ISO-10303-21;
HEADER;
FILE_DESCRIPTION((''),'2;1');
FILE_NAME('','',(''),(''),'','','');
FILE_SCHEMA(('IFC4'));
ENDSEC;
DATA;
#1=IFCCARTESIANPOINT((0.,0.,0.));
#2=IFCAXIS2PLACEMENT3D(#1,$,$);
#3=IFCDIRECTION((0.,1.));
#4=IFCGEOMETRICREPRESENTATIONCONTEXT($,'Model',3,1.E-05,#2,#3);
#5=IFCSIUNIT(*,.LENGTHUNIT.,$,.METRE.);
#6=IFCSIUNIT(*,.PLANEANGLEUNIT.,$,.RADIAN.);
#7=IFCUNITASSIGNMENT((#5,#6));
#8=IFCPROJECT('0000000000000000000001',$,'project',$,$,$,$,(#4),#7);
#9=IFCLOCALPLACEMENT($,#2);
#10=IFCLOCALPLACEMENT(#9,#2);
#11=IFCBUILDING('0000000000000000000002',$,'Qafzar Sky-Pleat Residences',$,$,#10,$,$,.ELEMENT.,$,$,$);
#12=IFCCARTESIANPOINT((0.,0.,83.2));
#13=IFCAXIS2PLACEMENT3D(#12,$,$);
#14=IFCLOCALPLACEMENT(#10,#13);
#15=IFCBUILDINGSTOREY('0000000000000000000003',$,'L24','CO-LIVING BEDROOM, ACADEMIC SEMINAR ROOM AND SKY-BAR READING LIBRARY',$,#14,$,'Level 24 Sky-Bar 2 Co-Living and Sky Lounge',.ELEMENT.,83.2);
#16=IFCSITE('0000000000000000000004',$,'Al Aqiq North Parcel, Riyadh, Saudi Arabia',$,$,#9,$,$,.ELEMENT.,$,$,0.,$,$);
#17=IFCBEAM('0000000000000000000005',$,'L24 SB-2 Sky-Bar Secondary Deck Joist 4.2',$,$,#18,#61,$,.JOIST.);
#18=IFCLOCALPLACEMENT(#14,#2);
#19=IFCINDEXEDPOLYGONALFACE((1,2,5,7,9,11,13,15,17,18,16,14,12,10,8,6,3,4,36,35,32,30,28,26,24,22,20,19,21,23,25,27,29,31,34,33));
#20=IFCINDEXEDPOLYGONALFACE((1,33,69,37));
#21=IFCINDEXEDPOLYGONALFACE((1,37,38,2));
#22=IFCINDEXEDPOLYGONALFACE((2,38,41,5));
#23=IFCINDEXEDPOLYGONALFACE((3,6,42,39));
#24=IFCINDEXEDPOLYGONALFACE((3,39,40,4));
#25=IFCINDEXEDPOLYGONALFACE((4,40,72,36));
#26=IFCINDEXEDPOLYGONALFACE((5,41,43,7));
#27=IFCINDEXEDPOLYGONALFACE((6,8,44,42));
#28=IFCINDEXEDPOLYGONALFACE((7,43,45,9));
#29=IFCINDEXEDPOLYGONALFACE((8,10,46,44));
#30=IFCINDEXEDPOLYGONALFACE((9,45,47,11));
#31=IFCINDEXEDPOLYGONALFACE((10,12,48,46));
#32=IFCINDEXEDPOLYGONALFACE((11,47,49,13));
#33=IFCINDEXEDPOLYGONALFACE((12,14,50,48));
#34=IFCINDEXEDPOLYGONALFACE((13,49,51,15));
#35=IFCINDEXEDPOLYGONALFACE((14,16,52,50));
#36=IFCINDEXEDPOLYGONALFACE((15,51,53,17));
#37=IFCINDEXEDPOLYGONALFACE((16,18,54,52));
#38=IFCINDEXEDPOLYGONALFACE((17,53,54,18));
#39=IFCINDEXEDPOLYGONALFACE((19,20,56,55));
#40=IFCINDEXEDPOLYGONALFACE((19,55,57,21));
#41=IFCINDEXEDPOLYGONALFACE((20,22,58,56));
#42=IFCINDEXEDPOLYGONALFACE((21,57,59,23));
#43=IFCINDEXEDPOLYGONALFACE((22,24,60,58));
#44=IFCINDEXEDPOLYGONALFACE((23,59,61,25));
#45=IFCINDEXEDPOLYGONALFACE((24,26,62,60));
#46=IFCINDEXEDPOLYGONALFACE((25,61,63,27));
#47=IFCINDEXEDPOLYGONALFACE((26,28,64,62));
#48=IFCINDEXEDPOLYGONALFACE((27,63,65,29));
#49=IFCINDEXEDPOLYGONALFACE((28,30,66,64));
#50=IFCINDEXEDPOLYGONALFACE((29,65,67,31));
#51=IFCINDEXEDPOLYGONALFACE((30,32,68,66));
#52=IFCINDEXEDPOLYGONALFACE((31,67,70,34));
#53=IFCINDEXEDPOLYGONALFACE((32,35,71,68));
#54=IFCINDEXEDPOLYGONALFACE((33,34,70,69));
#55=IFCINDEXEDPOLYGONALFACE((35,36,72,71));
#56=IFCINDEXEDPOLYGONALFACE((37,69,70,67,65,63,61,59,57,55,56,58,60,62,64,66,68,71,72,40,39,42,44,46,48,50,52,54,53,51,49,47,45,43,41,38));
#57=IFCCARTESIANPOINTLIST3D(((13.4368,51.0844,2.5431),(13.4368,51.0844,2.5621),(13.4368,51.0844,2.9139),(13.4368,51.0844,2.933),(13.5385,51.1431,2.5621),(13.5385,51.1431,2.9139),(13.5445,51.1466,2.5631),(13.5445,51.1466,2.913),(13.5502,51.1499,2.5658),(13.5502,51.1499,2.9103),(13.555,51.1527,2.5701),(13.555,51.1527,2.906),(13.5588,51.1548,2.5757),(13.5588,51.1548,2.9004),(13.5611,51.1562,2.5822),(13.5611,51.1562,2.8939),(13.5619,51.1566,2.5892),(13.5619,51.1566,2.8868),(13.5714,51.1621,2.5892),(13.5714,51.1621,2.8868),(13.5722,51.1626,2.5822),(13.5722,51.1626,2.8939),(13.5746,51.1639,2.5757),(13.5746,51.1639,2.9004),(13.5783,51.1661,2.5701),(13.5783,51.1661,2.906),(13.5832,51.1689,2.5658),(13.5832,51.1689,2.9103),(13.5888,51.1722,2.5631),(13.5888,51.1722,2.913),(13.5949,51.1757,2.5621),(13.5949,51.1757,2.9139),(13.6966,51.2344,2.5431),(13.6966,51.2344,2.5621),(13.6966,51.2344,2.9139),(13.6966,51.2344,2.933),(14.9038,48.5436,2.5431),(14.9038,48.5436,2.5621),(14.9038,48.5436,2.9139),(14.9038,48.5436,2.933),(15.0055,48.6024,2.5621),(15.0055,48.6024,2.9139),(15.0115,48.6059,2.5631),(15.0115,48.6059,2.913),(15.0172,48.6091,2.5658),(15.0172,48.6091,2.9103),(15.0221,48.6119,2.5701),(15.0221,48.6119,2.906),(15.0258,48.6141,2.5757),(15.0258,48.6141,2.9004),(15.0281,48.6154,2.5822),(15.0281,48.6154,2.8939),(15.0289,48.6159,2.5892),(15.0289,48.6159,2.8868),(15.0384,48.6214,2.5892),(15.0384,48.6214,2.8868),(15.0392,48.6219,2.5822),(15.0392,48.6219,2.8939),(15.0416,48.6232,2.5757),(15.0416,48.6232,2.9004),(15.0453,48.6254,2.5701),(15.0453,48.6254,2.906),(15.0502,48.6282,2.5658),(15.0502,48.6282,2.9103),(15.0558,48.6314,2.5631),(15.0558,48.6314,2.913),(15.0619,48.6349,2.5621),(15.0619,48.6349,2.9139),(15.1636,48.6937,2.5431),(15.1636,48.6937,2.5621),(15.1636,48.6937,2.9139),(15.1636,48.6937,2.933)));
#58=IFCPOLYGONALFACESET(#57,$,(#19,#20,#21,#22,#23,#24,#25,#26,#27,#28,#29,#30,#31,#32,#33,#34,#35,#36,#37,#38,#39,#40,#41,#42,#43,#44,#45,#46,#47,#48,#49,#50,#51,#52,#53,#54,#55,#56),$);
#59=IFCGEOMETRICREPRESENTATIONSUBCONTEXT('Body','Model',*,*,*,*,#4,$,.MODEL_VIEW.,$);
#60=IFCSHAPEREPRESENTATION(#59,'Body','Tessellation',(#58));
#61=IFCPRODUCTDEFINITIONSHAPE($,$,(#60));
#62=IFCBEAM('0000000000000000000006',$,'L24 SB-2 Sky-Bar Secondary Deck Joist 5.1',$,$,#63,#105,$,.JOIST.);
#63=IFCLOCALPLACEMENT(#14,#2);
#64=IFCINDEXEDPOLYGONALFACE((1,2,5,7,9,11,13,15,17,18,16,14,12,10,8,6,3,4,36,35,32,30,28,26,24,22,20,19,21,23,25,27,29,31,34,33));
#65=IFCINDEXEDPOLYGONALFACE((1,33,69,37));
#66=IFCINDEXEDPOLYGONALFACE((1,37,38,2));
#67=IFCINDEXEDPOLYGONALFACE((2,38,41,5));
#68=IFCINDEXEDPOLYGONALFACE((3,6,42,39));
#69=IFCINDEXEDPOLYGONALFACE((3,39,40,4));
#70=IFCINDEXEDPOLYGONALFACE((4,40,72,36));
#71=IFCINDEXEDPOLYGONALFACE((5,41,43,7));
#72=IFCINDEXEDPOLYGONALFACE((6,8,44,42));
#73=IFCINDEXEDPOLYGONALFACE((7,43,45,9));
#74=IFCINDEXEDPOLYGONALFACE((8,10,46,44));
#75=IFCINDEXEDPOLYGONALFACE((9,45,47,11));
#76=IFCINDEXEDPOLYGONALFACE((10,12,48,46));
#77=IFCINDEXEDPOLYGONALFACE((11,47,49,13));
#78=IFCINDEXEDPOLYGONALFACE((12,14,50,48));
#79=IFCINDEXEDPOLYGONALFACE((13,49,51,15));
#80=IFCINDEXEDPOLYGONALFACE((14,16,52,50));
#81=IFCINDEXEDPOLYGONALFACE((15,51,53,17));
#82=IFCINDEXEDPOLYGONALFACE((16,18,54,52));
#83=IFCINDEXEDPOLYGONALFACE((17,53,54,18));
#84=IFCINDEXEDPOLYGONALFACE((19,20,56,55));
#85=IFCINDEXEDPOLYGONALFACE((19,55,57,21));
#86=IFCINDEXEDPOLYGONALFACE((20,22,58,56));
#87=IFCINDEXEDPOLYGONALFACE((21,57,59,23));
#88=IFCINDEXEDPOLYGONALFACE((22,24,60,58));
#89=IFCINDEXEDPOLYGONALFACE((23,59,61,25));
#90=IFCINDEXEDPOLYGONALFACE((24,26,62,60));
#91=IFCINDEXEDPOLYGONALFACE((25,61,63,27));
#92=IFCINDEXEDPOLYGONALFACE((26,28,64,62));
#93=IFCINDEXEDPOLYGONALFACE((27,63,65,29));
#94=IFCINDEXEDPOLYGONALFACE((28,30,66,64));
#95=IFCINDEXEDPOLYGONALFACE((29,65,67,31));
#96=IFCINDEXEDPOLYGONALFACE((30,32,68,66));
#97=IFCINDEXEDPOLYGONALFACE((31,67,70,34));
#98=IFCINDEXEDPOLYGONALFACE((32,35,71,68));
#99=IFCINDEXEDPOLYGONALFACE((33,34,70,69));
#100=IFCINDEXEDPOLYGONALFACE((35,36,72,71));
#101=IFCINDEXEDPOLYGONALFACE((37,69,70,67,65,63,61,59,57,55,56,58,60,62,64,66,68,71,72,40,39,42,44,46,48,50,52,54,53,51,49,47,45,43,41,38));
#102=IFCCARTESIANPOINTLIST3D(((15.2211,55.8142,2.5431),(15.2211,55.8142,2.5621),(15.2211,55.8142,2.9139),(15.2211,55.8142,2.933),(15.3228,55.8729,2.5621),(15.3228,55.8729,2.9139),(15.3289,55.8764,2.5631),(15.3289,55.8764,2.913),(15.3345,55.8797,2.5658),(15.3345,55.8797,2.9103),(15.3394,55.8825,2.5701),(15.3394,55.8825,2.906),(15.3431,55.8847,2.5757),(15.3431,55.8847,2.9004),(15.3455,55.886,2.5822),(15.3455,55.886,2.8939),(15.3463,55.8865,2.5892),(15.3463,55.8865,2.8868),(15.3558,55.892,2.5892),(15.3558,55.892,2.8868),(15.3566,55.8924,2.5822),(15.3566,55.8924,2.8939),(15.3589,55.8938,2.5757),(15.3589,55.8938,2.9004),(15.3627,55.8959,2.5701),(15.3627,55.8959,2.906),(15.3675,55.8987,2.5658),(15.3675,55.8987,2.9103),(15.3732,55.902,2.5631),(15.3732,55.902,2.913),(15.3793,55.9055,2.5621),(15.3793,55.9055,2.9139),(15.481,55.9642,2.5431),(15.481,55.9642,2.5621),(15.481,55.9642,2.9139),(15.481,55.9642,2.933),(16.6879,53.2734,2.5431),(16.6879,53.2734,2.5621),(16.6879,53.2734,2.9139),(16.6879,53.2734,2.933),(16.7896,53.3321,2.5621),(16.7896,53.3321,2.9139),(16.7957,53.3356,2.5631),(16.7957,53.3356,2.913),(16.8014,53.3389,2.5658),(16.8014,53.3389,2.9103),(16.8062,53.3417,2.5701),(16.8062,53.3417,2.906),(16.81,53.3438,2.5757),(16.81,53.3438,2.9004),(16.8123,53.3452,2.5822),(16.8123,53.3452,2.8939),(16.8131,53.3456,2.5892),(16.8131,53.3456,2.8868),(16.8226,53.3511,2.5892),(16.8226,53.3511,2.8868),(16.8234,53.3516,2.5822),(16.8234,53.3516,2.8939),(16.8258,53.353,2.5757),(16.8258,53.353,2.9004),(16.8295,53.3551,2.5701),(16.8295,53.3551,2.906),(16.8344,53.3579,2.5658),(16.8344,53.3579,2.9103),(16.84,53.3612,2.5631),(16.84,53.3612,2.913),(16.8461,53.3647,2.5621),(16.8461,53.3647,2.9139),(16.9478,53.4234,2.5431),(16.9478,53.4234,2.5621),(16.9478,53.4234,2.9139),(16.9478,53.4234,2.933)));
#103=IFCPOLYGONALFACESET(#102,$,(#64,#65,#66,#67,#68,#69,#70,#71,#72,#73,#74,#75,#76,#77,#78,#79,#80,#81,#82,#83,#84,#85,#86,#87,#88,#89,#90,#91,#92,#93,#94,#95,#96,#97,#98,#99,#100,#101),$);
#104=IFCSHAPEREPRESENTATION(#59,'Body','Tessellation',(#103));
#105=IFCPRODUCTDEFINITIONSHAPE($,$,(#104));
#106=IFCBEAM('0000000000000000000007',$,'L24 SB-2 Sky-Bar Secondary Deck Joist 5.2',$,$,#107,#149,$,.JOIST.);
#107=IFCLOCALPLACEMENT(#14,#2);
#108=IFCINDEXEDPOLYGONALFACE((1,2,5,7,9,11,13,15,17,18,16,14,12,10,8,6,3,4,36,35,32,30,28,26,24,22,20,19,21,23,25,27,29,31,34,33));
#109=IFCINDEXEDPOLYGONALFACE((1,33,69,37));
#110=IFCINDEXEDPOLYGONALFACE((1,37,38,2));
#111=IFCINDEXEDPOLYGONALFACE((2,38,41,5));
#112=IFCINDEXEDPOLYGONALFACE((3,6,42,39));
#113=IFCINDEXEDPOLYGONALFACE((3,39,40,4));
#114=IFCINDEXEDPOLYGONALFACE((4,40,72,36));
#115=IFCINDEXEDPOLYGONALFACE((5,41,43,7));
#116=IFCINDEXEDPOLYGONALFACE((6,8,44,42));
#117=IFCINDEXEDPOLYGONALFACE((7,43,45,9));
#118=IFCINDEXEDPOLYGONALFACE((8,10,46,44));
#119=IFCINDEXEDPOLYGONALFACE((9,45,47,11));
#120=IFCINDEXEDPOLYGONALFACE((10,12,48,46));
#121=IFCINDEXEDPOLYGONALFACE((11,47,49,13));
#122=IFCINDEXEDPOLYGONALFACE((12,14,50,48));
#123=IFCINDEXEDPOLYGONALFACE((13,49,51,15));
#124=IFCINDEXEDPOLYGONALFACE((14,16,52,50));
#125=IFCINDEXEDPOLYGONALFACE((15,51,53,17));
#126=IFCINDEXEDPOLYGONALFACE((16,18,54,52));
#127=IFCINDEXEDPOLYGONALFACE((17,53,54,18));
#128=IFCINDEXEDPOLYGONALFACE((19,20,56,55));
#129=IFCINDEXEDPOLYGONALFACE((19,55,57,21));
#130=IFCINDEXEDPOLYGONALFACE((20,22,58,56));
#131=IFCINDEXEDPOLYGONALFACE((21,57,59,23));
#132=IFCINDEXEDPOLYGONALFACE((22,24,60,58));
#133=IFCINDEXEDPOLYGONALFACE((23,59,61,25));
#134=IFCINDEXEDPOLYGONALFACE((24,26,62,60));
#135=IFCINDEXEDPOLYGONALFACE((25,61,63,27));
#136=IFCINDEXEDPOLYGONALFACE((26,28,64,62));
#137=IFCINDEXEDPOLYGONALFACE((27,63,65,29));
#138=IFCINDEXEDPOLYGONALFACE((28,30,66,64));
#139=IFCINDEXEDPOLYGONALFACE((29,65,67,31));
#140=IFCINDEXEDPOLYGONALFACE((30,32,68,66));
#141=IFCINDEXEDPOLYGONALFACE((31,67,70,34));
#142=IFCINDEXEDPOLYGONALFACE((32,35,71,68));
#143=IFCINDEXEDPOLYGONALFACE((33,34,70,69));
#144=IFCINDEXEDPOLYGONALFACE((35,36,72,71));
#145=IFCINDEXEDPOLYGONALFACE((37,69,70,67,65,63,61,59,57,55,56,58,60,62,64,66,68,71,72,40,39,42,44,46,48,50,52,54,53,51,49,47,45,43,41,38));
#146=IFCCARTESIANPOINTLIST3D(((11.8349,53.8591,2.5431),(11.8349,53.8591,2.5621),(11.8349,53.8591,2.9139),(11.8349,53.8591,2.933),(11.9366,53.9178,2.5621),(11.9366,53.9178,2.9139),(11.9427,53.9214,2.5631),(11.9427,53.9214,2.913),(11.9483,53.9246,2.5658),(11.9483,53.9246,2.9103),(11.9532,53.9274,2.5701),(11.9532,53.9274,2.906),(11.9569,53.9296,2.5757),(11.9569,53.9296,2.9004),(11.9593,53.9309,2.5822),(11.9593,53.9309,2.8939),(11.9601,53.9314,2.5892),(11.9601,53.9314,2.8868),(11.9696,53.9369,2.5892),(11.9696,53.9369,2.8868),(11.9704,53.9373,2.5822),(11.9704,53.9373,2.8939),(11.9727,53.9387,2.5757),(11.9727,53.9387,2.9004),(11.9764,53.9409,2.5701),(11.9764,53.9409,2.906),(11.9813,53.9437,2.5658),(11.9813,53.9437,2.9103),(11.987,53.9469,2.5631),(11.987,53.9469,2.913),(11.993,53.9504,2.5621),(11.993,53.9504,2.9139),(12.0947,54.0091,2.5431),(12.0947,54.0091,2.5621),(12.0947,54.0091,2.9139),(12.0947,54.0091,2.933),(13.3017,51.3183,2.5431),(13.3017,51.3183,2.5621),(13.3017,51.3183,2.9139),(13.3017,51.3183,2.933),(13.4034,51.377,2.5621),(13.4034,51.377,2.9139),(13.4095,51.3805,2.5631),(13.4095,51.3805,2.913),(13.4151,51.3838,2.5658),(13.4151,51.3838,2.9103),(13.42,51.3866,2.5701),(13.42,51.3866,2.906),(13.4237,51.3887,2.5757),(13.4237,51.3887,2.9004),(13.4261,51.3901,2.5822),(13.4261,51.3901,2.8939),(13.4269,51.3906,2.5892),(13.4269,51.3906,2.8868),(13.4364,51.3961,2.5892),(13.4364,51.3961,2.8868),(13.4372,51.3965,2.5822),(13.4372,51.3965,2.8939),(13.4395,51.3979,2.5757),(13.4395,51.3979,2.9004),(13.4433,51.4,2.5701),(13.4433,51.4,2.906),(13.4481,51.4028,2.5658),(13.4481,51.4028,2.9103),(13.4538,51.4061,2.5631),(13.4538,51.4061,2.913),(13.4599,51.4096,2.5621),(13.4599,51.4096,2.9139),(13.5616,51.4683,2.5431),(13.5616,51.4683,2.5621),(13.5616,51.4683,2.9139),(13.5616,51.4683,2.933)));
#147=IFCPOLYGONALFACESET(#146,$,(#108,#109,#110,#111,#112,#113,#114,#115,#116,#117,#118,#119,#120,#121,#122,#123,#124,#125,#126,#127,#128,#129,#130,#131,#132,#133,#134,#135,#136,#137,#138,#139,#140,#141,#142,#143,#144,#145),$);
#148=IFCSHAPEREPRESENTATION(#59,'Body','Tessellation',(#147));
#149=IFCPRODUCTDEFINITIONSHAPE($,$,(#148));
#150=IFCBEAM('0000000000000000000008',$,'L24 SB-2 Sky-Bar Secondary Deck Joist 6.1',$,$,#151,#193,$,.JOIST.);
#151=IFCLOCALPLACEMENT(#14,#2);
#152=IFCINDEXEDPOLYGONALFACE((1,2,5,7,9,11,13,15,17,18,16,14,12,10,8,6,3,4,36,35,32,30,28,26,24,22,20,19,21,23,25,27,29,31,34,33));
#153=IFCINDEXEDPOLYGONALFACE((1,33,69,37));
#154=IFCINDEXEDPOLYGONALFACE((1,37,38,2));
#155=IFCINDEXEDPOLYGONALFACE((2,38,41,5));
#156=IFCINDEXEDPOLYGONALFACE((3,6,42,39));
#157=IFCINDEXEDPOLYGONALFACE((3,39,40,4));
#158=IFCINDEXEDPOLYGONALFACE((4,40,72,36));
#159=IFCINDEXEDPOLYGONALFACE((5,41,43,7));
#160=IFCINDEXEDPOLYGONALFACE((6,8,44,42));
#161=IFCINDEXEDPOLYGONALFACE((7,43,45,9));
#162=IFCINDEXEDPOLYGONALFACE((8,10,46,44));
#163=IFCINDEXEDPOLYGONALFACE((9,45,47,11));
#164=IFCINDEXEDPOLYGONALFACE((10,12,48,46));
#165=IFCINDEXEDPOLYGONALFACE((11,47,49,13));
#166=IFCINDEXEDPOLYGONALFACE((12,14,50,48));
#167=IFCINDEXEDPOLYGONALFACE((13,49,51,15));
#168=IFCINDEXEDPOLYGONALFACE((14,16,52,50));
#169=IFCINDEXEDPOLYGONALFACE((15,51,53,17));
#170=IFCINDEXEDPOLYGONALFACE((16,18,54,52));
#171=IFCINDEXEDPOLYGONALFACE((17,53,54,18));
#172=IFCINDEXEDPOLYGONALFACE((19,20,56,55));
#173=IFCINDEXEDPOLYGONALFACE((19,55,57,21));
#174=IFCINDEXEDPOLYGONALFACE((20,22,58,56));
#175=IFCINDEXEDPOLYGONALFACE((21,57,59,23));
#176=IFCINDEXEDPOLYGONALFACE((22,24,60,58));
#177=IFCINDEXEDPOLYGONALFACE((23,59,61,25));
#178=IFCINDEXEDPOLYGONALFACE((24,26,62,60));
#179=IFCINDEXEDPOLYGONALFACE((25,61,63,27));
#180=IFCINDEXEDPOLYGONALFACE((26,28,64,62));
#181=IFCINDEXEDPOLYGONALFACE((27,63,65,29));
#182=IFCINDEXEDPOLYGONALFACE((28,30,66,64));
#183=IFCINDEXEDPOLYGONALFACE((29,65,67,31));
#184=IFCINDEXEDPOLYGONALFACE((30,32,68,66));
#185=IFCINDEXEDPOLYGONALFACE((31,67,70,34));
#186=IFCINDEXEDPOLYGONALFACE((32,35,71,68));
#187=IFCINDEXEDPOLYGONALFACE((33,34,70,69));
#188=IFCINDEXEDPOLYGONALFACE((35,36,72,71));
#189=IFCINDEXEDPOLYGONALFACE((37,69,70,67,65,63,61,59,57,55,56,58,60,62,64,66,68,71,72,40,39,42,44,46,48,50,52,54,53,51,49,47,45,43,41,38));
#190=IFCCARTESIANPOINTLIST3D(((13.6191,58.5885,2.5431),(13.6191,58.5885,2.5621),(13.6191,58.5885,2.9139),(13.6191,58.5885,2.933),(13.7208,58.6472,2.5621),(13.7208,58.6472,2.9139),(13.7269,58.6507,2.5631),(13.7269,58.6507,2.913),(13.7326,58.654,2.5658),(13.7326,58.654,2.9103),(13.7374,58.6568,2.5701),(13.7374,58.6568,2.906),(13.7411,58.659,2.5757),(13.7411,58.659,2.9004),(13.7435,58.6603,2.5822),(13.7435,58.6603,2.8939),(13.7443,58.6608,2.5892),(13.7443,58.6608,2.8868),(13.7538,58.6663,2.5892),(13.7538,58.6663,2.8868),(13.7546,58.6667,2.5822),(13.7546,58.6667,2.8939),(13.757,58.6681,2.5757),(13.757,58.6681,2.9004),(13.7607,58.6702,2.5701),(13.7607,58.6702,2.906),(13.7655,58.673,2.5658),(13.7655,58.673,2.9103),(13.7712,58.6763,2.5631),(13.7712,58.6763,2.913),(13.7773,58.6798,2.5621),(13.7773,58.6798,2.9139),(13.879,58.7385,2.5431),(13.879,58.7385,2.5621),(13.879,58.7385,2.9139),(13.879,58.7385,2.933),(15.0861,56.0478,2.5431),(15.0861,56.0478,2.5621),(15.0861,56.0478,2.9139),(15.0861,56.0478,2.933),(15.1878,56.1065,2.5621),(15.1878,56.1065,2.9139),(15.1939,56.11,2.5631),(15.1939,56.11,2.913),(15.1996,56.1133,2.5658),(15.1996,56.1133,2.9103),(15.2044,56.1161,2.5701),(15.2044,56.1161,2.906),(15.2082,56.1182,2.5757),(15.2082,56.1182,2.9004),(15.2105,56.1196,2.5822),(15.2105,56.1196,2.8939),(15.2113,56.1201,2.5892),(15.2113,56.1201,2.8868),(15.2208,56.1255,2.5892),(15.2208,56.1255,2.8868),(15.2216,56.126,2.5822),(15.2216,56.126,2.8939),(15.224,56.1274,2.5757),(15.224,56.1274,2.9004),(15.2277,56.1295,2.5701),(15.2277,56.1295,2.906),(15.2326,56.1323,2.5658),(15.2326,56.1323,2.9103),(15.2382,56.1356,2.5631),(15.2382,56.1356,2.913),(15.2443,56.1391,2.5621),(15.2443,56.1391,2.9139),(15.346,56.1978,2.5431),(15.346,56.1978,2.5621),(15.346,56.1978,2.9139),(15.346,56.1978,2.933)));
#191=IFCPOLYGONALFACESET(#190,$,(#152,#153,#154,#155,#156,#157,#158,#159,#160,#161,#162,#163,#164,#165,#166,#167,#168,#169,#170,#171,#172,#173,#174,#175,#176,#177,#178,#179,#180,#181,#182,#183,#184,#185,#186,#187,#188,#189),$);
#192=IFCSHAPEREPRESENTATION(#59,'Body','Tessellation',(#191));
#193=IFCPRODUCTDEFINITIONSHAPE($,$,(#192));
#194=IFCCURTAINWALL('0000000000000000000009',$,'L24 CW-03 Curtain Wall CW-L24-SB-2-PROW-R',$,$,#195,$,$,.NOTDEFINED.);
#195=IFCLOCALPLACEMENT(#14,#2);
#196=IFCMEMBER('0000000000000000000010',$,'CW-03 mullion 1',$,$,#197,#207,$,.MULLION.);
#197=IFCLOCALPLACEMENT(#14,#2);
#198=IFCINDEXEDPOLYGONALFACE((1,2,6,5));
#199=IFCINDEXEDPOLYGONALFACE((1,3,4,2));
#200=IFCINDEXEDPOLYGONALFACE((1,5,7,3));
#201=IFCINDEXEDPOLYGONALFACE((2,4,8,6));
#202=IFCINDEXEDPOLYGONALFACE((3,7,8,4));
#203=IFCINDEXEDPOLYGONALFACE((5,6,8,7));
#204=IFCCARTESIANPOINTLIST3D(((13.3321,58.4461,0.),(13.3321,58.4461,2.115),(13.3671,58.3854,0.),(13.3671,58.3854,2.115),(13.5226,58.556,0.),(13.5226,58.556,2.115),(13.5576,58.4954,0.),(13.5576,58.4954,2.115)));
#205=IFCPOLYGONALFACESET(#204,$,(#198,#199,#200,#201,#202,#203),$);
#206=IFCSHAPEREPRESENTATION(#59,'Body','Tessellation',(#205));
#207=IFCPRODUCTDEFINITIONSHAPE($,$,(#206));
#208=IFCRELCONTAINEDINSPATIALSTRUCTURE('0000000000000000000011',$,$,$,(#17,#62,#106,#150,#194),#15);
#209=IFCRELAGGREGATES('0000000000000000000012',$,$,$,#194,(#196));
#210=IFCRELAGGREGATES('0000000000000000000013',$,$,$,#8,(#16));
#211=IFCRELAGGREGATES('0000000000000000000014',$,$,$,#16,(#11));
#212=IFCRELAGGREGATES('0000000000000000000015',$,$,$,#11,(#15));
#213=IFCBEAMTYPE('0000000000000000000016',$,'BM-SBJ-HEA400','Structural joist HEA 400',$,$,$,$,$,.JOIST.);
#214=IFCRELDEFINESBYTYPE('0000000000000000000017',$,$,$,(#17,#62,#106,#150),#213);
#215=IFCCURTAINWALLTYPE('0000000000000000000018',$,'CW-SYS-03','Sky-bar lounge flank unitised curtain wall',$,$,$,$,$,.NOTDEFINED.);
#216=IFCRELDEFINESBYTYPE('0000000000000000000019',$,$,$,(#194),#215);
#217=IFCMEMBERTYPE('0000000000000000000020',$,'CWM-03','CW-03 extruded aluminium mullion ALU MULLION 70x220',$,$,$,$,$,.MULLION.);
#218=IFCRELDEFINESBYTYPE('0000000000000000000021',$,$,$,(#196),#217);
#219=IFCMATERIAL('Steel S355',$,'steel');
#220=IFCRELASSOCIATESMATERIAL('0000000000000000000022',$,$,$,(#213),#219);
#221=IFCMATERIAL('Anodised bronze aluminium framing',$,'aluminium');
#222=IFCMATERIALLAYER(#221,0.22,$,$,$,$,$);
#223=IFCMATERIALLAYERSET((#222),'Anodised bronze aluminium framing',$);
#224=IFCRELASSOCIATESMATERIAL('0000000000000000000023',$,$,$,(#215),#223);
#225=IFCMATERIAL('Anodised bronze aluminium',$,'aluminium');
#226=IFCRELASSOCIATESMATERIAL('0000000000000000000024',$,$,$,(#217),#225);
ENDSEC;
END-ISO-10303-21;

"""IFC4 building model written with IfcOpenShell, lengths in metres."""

from ifc_helpers import new_model, si_unit, direction, frame, origin, origin_2d, place, context, subcontext, project, spatial, rectangle, i_section, extrude, source, transform, mapped, material, layer, layer_set, material_profile, profile_set, type_object, element, aggregate, save


model = new_model("IFC4")

# Units and contexts
model_context = context("Model", 3, precision=1e-05, world=origin(), true_north=direction((0.0, 1.0)))
body_context = subcontext(model_context, "Body", "Model", "MODEL_VIEW")
ifc_project = project(units=[si_unit("LENGTHUNIT", "METRE"), si_unit("PLANEANGLEUNIT", "RADIAN")], contexts=[model_context])

# Site, building, storey
site_placement = place(None, origin())
site = spatial("IfcSite", under=ifc_project, at=site_placement, Name="Al Aqiq North Parcel, Riyadh, Saudi Arabia", CompositionType="ELEMENT", RefElevation=0.0)
building_placement = place(site_placement, origin())
building = spatial("IfcBuilding", under=site, at=building_placement, Name="Qafzar Sky-Pleat Residences", CompositionType="ELEMENT")
storey_placement = place(building_placement, frame((0.0, 0.0, 83.2)))
storey = spatial("IfcBuildingStorey", under=building, at=storey_placement, Name="L24", Description="CO-LIVING BEDROOM, ACADEMIC SEMINAR ROOM AND SKY-BAR READING LIBRARY", LongName="Level 24 Sky-Bar 2 Co-Living and Sky Lounge", CompositionType="ELEMENT", Elevation=83.2)

# Beams
ifc_material_1 = material(Name="Steel S355", Category="steel")
ifc_material_profile_1 = material_profile(ifc_material_1, i_section(OverallWidth=0.3, OverallDepth=0.3899, WebThickness=0.011, FlangeThickness=0.019, FilletRadius=0.0271, at=origin_2d()), Name="HEA 400")
ifc_profile_set_1 = profile_set([ifc_material_profile_1], Name="Steel S355")
beam_type = type_object("IfcBeamType", Name="BM-SBJ-HEA400", Description="Structural joist HEA 400", PredefinedType="JOIST", material=ifc_profile_set_1)
shared_shape_1 = source(origin(), body_context, "Body", "SweptSolid", [
    extrude(i_section(OverallWidth=0.3, OverallDepth=0.3899, WebThickness=0.011, FlangeThickness=0.019, FilletRadius=0.0271, at=origin_2d()), origin(), (0.0, 0.0, 1.0), 2.9338),
])
for number, where, z_axis, x_axis, name in (
    (1, (15.0337, 48.6187, 2.738), (-0.500032, 0.866007, 0.0), (-0.866007, -0.500032, 0.0), "L24 SB-2 Sky-Bar Secondary Deck Joist 4.2"),
    (2, (16.8179, 53.3484, 2.738), (-0.49997, 0.866043, 0.0), (-0.866043, -0.49997, 0.0), "L24 SB-2 Sky-Bar Secondary Deck Joist 5.1"),
    (3, (13.4316, 51.3933, 2.738), (-0.49997, 0.866043, 0.0), (-0.866043, -0.49997, 0.0), "L24 SB-2 Sky-Bar Secondary Deck Joist 5.2"),
    (4, (15.2161, 56.1228, 2.738), (-0.500032, 0.866007, 0.0), (-0.866007, -0.500032, 0.0), "L24 SB-2 Sky-Bar Secondary Deck Joist 6.1"),
):
    element("IfcBeam", number, at=place(storey_placement, frame(where, z_axis=z_axis, x_axis=x_axis)), inside=storey, type_object=beam_type, Name=name, PredefinedType="JOIST", context=body_context, shape_type="MappedRepresentation", body=[
        mapped(shared_shape_1, transform((0.0, 0.0, 0.0), x_axis=(1.0, 0.0, 0.0), y_axis=(0.0, 1.0, 0.0), z_axis=(0.0, 0.0, 1.0), scale=1.0)),
    ])

# Curtain wall, member
ifc_material_2 = material(Name="Anodised bronze aluminium framing", Category="aluminium")
ifc_layer_1 = layer(ifc_material_2, 0.22)
ifc_layer_set_1 = layer_set([ifc_layer_1], Name="Anodised bronze aluminium framing")
curtain_wall_type = type_object("IfcCurtainWallType", Name="CW-SYS-03", Description="Sky-bar lounge flank unitised curtain wall", PredefinedType="NOTDEFINED", material=ifc_layer_set_1)
curtain_wall_placement = place(storey_placement, origin())
curtain_wall = element("IfcCurtainWall", 5, at=curtain_wall_placement, inside=storey, type_object=curtain_wall_type, Name="L24 CW-03 Curtain Wall CW-L24-SB-2-PROW-R", PredefinedType="NOTDEFINED")
ifc_material_3 = material(Name="Anodised bronze aluminium", Category="aluminium")
ifc_material_profile_2 = material_profile(ifc_material_3, rectangle(XDim=0.0701, YDim=0.22, at=origin_2d()), Name="ALU MULLION 70x220")
ifc_profile_set_2 = profile_set([ifc_material_profile_2], Name="Anodised bronze aluminium")
member_type_1 = type_object("IfcMemberType", Name="CWM-03", Description="CW-03 extruded aluminium mullion ALU MULLION 70x220", PredefinedType="MULLION", material=ifc_profile_set_2)
shared_shape_2 = source(origin(), body_context, "Body", "SweptSolid", [
    extrude(rectangle(XDim=0.0701, YDim=0.22, at=origin_2d()), origin(), (0.0, 0.0, 1.0), 2.115),
])
member_1_placement = place(storey_placement, frame((13.4448, 58.4707, 0.0), z_axis=(0.0, 0.0, 1.0), x_axis=(-0.499998, 0.866027, 0.0)))
member_1 = element("IfcMember", 6, at=member_1_placement, type_object=member_type_1, Name="CW-03 mullion 1", PredefinedType="MULLION", context=body_context, shape_type="MappedRepresentation", body=[
    mapped(shared_shape_2, transform((0.0, 0.0, 0.0), x_axis=(1.0, 0.0, 0.0), y_axis=(0.0, 1.0, 0.0), z_axis=(0.0, 0.0, 1.0), scale=1.0)),
])
aggregate(curtain_wall, [member_1])

save(model, "model.ifc")
